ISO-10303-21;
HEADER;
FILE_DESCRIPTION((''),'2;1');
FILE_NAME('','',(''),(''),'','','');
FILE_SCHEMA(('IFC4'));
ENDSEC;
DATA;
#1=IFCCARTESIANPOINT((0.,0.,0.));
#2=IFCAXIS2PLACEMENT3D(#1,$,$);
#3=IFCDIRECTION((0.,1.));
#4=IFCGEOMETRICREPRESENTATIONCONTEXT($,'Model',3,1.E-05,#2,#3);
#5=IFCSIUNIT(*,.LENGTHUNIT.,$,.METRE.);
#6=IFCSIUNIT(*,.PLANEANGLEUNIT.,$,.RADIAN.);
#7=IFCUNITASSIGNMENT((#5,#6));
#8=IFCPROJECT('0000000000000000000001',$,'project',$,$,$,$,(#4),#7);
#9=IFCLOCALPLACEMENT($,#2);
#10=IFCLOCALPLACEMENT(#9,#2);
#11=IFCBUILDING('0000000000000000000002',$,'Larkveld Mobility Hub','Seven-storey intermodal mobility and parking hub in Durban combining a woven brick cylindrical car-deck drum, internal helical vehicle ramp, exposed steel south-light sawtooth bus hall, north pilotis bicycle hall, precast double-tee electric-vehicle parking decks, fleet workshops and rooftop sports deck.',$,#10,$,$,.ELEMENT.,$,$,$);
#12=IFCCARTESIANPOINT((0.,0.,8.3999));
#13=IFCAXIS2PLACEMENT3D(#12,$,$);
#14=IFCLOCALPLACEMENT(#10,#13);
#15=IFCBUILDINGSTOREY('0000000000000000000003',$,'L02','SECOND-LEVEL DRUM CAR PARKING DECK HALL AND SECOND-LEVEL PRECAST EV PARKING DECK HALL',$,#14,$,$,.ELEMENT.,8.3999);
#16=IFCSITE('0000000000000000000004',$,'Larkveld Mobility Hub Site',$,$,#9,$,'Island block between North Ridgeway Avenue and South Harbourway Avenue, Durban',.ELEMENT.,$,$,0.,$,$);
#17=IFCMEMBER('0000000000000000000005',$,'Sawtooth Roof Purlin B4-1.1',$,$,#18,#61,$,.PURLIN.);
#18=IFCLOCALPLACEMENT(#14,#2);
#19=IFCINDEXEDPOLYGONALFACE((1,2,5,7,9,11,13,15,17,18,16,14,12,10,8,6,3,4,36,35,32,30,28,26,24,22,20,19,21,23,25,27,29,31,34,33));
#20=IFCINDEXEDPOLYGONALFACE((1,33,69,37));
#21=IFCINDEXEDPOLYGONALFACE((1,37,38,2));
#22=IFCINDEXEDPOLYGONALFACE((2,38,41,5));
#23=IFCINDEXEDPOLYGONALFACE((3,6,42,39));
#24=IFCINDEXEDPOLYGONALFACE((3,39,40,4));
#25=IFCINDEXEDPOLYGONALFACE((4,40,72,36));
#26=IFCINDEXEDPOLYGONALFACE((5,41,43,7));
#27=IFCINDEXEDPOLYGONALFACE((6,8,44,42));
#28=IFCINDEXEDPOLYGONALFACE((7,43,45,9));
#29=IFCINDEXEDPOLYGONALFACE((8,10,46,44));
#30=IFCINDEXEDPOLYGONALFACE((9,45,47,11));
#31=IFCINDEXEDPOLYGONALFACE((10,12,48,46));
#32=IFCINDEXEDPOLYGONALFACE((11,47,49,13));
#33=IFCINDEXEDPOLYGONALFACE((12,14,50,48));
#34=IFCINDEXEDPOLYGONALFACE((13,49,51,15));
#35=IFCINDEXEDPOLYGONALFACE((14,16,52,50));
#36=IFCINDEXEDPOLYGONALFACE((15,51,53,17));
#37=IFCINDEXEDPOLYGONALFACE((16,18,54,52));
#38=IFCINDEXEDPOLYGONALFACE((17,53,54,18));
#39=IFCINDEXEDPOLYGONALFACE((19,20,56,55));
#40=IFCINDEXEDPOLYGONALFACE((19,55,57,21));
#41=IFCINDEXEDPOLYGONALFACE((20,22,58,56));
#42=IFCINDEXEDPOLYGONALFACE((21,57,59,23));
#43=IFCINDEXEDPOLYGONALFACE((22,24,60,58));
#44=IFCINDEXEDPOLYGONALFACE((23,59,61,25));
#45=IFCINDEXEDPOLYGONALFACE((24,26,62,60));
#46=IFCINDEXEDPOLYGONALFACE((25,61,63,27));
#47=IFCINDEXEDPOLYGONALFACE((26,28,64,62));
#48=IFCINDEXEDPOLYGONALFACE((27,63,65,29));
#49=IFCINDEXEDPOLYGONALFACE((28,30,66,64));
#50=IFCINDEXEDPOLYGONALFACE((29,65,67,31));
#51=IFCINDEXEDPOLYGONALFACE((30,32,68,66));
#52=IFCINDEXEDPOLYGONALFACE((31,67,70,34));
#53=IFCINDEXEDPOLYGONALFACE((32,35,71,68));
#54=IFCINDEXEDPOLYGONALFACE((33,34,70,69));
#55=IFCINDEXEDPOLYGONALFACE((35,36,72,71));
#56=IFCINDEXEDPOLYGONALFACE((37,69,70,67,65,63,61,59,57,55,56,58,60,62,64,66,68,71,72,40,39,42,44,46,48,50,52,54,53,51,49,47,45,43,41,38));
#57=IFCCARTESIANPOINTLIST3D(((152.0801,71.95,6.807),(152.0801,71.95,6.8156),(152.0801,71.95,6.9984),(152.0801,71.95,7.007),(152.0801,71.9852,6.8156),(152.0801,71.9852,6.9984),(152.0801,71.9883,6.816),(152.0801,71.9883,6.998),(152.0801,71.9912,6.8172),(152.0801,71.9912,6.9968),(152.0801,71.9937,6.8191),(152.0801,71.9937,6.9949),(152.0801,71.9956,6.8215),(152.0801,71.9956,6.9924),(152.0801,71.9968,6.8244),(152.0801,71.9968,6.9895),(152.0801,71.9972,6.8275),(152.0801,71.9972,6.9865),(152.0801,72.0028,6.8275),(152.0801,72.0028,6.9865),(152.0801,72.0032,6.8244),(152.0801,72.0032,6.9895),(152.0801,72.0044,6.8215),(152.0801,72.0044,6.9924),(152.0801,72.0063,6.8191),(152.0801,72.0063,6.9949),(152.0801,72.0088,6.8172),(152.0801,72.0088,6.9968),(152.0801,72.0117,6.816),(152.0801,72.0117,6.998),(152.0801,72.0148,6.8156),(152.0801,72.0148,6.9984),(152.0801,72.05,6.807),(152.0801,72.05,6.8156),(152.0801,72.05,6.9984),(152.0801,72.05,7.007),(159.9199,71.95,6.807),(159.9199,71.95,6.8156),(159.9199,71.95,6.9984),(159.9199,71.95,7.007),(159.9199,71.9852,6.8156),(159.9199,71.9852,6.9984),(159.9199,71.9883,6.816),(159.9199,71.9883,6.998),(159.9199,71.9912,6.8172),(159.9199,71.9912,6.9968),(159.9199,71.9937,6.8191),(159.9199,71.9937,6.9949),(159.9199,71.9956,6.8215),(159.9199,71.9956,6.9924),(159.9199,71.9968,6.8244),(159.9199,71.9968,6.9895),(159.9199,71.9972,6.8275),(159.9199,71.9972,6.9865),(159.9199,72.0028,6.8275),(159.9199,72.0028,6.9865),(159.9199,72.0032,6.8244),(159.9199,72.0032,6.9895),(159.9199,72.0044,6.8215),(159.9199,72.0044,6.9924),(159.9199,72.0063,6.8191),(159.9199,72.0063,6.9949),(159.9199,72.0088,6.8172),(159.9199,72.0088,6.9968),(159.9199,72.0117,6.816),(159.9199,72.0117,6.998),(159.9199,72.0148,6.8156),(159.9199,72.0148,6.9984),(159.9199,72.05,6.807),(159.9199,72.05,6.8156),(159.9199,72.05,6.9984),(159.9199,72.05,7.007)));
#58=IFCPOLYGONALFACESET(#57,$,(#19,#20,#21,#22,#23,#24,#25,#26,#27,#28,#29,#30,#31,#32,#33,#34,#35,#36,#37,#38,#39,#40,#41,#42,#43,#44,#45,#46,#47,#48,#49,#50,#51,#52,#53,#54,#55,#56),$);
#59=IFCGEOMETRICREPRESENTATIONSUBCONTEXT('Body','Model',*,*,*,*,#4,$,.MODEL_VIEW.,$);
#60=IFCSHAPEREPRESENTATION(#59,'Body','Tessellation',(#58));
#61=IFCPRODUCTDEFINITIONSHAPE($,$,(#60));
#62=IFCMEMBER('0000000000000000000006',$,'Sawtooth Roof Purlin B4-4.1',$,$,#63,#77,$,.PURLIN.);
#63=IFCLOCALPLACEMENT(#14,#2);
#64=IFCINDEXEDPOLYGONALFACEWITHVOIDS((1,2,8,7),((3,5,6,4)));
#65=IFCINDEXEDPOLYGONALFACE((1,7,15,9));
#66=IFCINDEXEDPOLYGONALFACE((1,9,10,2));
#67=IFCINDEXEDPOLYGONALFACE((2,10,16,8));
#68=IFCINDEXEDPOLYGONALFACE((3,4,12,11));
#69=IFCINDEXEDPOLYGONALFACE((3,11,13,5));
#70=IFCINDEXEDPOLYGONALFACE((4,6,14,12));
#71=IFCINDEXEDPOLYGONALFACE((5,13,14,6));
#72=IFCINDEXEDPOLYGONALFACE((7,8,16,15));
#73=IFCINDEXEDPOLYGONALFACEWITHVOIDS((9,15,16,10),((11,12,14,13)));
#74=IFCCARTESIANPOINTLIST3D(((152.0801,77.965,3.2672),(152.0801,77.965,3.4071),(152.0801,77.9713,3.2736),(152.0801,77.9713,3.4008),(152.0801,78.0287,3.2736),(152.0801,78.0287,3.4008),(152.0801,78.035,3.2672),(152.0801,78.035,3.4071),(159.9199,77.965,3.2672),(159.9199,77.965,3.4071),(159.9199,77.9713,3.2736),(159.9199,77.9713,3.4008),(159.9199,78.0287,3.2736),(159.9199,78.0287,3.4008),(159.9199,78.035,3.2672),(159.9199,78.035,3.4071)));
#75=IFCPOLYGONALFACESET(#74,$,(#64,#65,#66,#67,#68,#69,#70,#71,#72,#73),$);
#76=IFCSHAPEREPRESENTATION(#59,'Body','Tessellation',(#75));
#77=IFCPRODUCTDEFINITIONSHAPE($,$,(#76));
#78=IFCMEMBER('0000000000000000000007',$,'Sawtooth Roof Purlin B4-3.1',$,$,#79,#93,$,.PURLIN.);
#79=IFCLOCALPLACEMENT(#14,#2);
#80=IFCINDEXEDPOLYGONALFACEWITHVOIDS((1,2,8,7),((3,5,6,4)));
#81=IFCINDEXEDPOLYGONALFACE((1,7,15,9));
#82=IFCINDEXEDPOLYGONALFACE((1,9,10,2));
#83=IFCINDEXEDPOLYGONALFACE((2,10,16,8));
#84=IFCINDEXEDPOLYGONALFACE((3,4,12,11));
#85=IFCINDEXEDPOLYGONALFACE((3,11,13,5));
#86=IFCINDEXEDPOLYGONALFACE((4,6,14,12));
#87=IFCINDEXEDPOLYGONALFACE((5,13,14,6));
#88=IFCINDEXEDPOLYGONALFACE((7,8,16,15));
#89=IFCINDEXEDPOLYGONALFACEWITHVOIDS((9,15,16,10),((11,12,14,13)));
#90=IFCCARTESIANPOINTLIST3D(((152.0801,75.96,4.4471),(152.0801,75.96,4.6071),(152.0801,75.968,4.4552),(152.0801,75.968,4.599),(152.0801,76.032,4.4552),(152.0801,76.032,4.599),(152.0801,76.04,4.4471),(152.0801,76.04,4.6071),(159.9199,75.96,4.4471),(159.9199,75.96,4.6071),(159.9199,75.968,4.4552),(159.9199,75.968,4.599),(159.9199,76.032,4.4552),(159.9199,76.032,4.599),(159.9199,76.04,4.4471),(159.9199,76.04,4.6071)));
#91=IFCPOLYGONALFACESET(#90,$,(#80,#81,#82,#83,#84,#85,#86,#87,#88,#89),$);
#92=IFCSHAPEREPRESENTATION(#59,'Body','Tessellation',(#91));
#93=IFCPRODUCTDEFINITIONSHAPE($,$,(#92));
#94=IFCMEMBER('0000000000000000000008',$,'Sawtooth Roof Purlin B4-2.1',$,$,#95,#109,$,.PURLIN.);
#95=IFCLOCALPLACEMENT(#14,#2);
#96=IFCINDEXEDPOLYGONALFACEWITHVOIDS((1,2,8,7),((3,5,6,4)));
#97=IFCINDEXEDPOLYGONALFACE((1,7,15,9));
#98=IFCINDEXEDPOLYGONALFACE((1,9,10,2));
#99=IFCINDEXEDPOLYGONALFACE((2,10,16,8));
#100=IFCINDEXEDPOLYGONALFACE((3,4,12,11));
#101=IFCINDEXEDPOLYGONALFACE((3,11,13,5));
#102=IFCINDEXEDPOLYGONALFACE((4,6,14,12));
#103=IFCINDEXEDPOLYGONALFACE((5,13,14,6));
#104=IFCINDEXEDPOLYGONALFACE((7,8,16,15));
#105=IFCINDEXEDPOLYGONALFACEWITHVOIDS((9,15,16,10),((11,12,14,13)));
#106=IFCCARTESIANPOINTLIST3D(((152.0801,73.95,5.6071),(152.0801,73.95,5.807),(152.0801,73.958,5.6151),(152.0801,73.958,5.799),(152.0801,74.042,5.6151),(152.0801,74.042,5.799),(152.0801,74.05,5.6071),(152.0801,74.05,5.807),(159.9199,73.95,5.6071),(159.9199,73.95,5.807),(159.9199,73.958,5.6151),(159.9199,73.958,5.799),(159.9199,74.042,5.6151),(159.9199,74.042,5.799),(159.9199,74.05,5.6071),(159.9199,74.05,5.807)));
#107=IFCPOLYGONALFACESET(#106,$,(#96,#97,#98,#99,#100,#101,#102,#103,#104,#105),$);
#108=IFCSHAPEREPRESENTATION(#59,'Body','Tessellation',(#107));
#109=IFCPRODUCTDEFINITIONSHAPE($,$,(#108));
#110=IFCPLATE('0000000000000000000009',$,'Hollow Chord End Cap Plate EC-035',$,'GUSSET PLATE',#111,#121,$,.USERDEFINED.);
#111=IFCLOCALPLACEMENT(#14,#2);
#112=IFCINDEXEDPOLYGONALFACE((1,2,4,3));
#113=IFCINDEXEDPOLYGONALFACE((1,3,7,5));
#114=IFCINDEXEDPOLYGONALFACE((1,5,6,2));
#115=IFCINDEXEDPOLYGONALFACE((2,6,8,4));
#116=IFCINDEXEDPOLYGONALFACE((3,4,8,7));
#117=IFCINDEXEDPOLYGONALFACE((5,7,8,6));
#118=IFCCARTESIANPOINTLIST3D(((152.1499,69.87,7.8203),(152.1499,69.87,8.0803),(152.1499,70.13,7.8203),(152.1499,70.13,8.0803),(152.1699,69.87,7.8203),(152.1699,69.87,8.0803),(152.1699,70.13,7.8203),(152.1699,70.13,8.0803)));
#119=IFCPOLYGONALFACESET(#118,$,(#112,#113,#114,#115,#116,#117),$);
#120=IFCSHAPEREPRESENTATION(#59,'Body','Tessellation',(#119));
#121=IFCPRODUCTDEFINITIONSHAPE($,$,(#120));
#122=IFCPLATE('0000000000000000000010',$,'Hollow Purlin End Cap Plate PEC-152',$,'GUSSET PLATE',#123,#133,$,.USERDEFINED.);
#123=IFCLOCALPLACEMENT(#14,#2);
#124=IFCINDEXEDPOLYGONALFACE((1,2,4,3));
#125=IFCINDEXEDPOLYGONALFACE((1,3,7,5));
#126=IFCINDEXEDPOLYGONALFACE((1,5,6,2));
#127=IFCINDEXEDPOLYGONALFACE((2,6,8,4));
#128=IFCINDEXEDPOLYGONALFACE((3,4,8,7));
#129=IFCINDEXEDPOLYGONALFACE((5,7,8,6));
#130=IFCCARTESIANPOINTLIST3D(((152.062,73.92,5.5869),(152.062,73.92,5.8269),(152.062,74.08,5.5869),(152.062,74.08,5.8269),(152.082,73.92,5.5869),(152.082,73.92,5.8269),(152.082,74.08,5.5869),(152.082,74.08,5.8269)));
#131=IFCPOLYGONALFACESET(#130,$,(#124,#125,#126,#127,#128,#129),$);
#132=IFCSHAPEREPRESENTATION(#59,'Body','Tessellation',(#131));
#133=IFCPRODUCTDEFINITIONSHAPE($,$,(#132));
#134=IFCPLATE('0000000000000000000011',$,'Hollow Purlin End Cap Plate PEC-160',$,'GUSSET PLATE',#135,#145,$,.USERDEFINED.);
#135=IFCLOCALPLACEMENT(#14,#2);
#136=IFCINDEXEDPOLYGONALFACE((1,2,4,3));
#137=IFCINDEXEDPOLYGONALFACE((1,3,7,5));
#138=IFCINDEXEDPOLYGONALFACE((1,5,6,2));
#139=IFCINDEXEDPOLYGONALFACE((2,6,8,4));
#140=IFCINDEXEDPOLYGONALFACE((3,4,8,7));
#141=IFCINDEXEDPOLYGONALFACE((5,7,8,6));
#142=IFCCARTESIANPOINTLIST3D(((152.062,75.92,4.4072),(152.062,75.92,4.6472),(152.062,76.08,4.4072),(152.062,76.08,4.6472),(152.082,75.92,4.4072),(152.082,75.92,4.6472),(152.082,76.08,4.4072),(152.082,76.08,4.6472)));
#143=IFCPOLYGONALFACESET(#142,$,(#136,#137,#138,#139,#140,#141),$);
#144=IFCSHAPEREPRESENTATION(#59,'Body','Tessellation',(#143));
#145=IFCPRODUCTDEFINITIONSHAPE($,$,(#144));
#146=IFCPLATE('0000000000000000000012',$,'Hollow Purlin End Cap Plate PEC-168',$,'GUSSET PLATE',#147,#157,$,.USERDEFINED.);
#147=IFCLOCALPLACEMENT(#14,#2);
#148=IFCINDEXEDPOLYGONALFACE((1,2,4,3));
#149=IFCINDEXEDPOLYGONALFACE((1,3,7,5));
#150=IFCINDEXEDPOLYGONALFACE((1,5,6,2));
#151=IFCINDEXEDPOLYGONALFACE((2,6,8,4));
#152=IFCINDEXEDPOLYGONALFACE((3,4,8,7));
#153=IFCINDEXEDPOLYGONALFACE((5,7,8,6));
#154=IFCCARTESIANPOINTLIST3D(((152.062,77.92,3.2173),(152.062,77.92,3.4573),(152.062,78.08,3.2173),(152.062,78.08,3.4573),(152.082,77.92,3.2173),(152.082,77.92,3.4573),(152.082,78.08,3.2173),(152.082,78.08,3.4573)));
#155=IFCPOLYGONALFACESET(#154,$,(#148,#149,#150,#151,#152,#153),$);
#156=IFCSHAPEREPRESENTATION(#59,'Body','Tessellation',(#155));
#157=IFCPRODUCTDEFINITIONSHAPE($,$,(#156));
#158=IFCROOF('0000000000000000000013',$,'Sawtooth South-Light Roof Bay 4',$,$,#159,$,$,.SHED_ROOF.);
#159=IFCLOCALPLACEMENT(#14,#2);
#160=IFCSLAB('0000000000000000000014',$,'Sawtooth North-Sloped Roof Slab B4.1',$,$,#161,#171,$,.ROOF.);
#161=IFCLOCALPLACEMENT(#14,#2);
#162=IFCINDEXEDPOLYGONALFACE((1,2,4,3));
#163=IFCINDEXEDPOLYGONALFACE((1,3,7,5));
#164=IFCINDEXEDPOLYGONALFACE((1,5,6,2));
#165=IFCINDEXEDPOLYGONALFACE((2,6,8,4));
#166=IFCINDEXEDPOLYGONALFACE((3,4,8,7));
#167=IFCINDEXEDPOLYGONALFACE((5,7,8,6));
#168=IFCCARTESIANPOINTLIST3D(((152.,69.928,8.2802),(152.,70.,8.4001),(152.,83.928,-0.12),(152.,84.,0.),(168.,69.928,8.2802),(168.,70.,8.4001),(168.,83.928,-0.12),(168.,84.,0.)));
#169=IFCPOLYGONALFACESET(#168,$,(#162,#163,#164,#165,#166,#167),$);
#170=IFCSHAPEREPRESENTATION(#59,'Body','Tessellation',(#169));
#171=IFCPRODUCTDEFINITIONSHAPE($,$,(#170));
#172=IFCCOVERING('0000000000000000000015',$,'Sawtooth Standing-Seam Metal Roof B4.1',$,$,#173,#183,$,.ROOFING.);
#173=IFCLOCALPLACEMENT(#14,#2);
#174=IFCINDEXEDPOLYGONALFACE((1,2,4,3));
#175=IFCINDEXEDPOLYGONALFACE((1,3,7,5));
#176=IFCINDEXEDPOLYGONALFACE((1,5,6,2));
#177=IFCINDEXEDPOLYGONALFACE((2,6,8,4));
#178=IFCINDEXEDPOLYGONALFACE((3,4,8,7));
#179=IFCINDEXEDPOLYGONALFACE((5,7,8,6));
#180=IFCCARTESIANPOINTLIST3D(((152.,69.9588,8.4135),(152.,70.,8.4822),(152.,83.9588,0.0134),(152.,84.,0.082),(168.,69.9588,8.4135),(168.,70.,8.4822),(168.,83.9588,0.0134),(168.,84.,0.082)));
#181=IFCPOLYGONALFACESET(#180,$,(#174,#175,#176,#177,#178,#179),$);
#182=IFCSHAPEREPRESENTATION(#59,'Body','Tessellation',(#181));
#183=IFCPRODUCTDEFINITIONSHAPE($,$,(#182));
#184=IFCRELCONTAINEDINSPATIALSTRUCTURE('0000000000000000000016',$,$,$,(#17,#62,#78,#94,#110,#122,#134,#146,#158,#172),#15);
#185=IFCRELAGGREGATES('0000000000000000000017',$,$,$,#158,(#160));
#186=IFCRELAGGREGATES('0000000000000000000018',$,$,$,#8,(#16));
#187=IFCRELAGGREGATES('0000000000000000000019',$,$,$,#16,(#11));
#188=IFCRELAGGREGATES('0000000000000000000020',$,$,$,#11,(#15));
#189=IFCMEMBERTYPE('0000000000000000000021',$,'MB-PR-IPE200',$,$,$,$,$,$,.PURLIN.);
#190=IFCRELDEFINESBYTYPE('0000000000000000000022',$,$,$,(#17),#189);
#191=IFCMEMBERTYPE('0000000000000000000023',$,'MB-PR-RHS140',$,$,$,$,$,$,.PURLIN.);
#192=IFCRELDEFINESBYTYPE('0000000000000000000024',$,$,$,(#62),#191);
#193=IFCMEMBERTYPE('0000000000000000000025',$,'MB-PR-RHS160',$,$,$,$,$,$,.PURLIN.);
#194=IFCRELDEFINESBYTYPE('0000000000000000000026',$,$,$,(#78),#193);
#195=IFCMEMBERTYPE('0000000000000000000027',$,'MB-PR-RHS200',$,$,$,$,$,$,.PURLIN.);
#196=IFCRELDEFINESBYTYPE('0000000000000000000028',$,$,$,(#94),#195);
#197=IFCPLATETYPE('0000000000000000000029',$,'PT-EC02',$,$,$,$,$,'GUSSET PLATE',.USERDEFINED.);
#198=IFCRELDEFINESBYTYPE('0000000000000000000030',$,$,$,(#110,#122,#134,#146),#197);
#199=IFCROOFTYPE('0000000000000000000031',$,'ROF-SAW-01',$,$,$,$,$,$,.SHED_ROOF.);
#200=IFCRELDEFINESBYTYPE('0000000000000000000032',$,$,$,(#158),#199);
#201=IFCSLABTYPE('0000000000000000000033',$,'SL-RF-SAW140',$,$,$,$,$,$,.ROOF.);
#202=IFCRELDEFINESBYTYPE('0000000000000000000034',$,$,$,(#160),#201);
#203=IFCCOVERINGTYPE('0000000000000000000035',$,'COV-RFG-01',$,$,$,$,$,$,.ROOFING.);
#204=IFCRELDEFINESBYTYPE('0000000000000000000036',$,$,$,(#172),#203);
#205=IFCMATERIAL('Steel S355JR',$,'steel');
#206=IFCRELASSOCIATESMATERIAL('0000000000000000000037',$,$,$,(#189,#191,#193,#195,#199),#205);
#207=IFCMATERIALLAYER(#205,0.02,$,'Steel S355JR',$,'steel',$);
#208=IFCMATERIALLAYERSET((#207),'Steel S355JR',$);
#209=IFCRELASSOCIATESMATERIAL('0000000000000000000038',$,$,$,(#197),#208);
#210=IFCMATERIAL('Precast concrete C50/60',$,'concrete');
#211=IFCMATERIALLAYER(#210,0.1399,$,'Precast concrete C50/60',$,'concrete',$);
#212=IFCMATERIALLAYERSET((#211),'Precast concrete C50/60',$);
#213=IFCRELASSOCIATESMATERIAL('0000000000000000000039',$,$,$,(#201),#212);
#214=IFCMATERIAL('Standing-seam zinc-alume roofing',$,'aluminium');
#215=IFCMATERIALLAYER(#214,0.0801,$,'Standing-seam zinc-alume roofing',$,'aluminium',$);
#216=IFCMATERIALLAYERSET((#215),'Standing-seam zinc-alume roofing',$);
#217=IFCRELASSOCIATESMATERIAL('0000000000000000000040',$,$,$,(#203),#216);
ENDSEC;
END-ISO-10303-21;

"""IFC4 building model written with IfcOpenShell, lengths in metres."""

from ifc_helpers import new_model, si_unit, direction, frame, origin, origin_2d, place, context, subcontext, project, spatial, polyline, rectangle, hollow_rectangle, i_section, outline, extrude, material, layer, layer_set, material_profile, profile_set, type_object, element, aggregate, save


model = new_model("IFC4")

# Units and contexts
model_context = context("Model", 3, precision=1e-05, world=origin(), true_north=direction((0.0, 1.0)))
body_context = subcontext(model_context, "Body", "Model", "MODEL_VIEW")
ifc_project = project(units=[si_unit("LENGTHUNIT", "METRE"), si_unit("PLANEANGLEUNIT", "RADIAN")], contexts=[model_context])

# Site, building, storey
site_placement = place(None, origin())
site = spatial("IfcSite", under=ifc_project, at=site_placement, Name="Larkveld Mobility Hub Site", LongName="Island block between North Ridgeway Avenue and South Harbourway Avenue, Durban", CompositionType="ELEMENT", RefElevation=0.0)
building_placement = place(site_placement, origin())
building = spatial("IfcBuilding", under=site, at=building_placement, Name="Larkveld Mobility Hub", Description="Seven-storey intermodal mobility and parking hub in Durban combining a woven brick cylindrical car-deck drum, internal helical vehicle ramp, exposed steel south-light sawtooth bus hall, north pilotis bicycle hall, precast double-tee electric-vehicle parking decks, fleet workshops and rooftop sports deck.", CompositionType="ELEMENT")
storey_placement = place(building_placement, frame((0.0, 0.0, 8.3999)))
storey = spatial("IfcBuildingStorey", under=building, at=storey_placement, Name="L02", Description="SECOND-LEVEL DRUM CAR PARKING DECK HALL AND SECOND-LEVEL PRECAST EV PARKING DECK HALL", CompositionType="ELEMENT", Elevation=8.3999)

# Shared definitions
ifc_material_1 = material(Name="Precast concrete C50/60", Category="concrete")

# Shared definitions
ifc_material_2 = material(Name="Steel S355JR", Category="steel")

# Members
ifc_material_profile_1 = material_profile(ifc_material_2, i_section(OverallWidth=0.1001, OverallDepth=0.2, WebThickness=0.0056, FlangeThickness=0.0085, FilletRadius=0.012, at=origin_2d()), Name="IPE 200")
ifc_profile_set_1 = profile_set([ifc_material_profile_1], Name="Steel S355JR")
member_type_1 = type_object("IfcMemberType", Name="MB-PR-IPE200", PredefinedType="PURLIN", material=ifc_profile_set_1)
member_1_placement = place(storey_placement, frame((152.0801, 72.0, 6.907), z_axis=(1.0, 0.0, 0.0), x_axis=(0.0, 1.0, 0.0)))
element("IfcMember", 1, at=member_1_placement, inside=storey, type_object=member_type_1, Name="Sawtooth Roof Purlin B4-1.1", PredefinedType="PURLIN", context=body_context, shape_type="SweptSolid", body=[
    extrude(i_section(OverallWidth=0.1001, OverallDepth=0.2, WebThickness=0.0056, FlangeThickness=0.0085, FilletRadius=0.012, at=origin_2d()), origin(), (0.0, 0.0, 1.0), 7.8398),
])
ifc_material_profile_2 = material_profile(ifc_material_2, hollow_rectangle(XDim=0.0701, YDim=0.1399, WallThickness=0.0063, at=origin_2d()), Name="RHS 140x70x6.3")
ifc_profile_set_2 = profile_set([ifc_material_profile_2], Name="Steel S355JR")
member_type_2 = type_object("IfcMemberType", Name="MB-PR-RHS140", PredefinedType="PURLIN", material=ifc_profile_set_2)
member_2_placement = place(storey_placement, frame((152.0801, 78.0, 3.3372), z_axis=(1.0, 0.0, 0.0), x_axis=(0.0, 1.0, 0.0)))
element("IfcMember", 2, at=member_2_placement, inside=storey, type_object=member_type_2, Name="Sawtooth Roof Purlin B4-4.1", PredefinedType="PURLIN", context=body_context, shape_type="SweptSolid", body=[
    extrude(hollow_rectangle(XDim=0.0701, YDim=0.1399, WallThickness=0.0063, at=origin_2d()), origin(), (0.0, 0.0, 1.0), 7.8398),
])
ifc_material_profile_3 = material_profile(ifc_material_2, hollow_rectangle(XDim=0.0801, YDim=0.1599, WallThickness=0.0081, at=origin_2d()), Name="RHS 160x80x8")
ifc_profile_set_3 = profile_set([ifc_material_profile_3], Name="Steel S355JR")
member_type_3 = type_object("IfcMemberType", Name="MB-PR-RHS160", PredefinedType="PURLIN", material=ifc_profile_set_3)
member_3_placement = place(storey_placement, frame((152.0801, 76.0, 4.5271), z_axis=(1.0, 0.0, 0.0), x_axis=(0.0, 1.0, 0.0)))
element("IfcMember", 3, at=member_3_placement, inside=storey, type_object=member_type_3, Name="Sawtooth Roof Purlin B4-3.1", PredefinedType="PURLIN", context=body_context, shape_type="SweptSolid", body=[
    extrude(hollow_rectangle(XDim=0.0801, YDim=0.1599, WallThickness=0.0081, at=origin_2d()), origin(), (0.0, 0.0, 1.0), 7.8398),
])
ifc_material_profile_4 = material_profile(ifc_material_2, hollow_rectangle(XDim=0.1001, YDim=0.2, WallThickness=0.0081, at=origin_2d()), Name="RHS 200x100x8")
ifc_profile_set_4 = profile_set([ifc_material_profile_4], Name="Steel S355JR")
member_type_4 = type_object("IfcMemberType", Name="MB-PR-RHS200", PredefinedType="PURLIN", material=ifc_profile_set_4)
member_4_placement = place(storey_placement, frame((152.0801, 74.0, 5.707), z_axis=(1.0, 0.0, 0.0), x_axis=(0.0, 1.0, 0.0)))
element("IfcMember", 4, at=member_4_placement, inside=storey, type_object=member_type_4, Name="Sawtooth Roof Purlin B4-2.1", PredefinedType="PURLIN", context=body_context, shape_type="SweptSolid", body=[
    extrude(hollow_rectangle(XDim=0.1001, YDim=0.2, WallThickness=0.0081, at=origin_2d()), origin(), (0.0, 0.0, 1.0), 7.8398),
])

# Plates
ifc_layer_1 = layer(ifc_material_2, 0.02, Name="Steel S355JR", Category="steel")
ifc_layer_set_1 = layer_set([ifc_layer_1], Name="Steel S355JR")
plate_type = type_object("IfcPlateType", Name="PT-EC02", ElementType="GUSSET PLATE", PredefinedType="USERDEFINED", material=ifc_layer_set_1)
plate_placement = place(storey_placement, frame((152.1599, 70.0, 7.8203), z_axis=(0.0, 0.0, 1.0), x_axis=(1.0, 0.0, 0.0)))
element("IfcPlate", 5, at=plate_placement, inside=storey, type_object=plate_type, Name="Hollow Chord End Cap Plate EC-035", ObjectType="GUSSET PLATE", PredefinedType="USERDEFINED", context=body_context, shape_type="SweptSolid", body=[
    extrude(rectangle(XDim=0.02, YDim=0.26, at=origin_2d()), origin(), (0.0, 0.0, 1.0), 0.26),
])
for number, where, z_axis, x_axis, name in (
    (6, (152.072, 74.0, 5.5869), (0.0, 0.0, 1.0), (1.0, 0.0, 0.0), "Hollow Purlin End Cap Plate PEC-152"),
    (7, (152.072, 76.0, 4.4072), (0.0, 0.0, 1.0), (1.0, 0.0, 0.0), "Hollow Purlin End Cap Plate PEC-160"),
    (8, (152.072, 78.0, 3.2173), (0.0, 0.0, 1.0), (1.0, 0.0, 0.0), "Hollow Purlin End Cap Plate PEC-168"),
):
    element("IfcPlate", number, at=place(storey_placement, frame(where, z_axis=z_axis, x_axis=x_axis)), inside=storey, type_object=plate_type, Name=name, ObjectType="GUSSET PLATE", PredefinedType="USERDEFINED", context=body_context, shape_type="SweptSolid", body=[
        extrude(rectangle(XDim=0.02, YDim=0.1599, at=origin_2d()), origin(), (0.0, 0.0, 1.0), 0.24),
    ])

# Roof, slab
roof_type = type_object("IfcRoofType", Name="ROF-SAW-01", PredefinedType="SHED_ROOF", material=ifc_material_2)
roof_placement = place(storey_placement, origin())
roof = element("IfcRoof", 9, at=roof_placement, inside=storey, type_object=roof_type, Name="Sawtooth South-Light Roof Bay 4", PredefinedType="SHED_ROOF")
ifc_layer_2 = layer(ifc_material_1, 0.1399, Name="Precast concrete C50/60", Category="concrete")
ifc_layer_set_2 = layer_set([ifc_layer_2], Name="Precast concrete C50/60")
slab_type = type_object("IfcSlabType", Name="SL-RF-SAW140", PredefinedType="ROOF", material=ifc_layer_set_2)
slab_placement = place(storey_placement, frame((152.0, 70.0, 8.4001), z_axis=(0.0, 0.514502, 0.857489), x_axis=(1.0, 0.0, 0.0)))
slab = element("IfcSlab", 10, at=slab_placement, type_object=slab_type, Name="Sawtooth North-Sloped Roof Slab B4.1", PredefinedType="ROOF", context=body_context, shape_type="SweptSolid", body=[
    extrude(outline(polyline([(0.0, 0.0), (16.0, 0.0), (16.0, 16.3267), (0.0, 16.3267), (0.0, 0.0)])), origin(), (0.0, 0.0, -1.0), 0.1399),
])
aggregate(roof, [slab])

# Covering
ifc_material_3 = material(Name="Standing-seam zinc-alume roofing", Category="aluminium")
ifc_layer_3 = layer(ifc_material_3, 0.0801, Name="Standing-seam zinc-alume roofing", Category="aluminium")
ifc_layer_set_3 = layer_set([ifc_layer_3], Name="Standing-seam zinc-alume roofing")
covering_type = type_object("IfcCoveringType", Name="COV-RFG-01", PredefinedType="ROOFING", material=ifc_layer_set_3)
covering_placement = place(storey_placement, frame((152.0, 70.0, 8.4822), z_axis=(0.0, 0.514502, 0.857489), x_axis=(1.0, 0.0, 0.0)))
element("IfcCovering", 11, at=covering_placement, inside=storey, type_object=covering_type, Name="Sawtooth Standing-Seam Metal Roof B4.1", PredefinedType="ROOFING", context=body_context, shape_type="SweptSolid", body=[
    extrude(outline(polyline([(0.0, 0.0), (16.0, 0.0), (16.0, 16.3267), (0.0, 16.3267), (0.0, 0.0)])), origin(), (0.0, 0.0, -1.0), 0.0801),
])

save(model, "model.ifc")
